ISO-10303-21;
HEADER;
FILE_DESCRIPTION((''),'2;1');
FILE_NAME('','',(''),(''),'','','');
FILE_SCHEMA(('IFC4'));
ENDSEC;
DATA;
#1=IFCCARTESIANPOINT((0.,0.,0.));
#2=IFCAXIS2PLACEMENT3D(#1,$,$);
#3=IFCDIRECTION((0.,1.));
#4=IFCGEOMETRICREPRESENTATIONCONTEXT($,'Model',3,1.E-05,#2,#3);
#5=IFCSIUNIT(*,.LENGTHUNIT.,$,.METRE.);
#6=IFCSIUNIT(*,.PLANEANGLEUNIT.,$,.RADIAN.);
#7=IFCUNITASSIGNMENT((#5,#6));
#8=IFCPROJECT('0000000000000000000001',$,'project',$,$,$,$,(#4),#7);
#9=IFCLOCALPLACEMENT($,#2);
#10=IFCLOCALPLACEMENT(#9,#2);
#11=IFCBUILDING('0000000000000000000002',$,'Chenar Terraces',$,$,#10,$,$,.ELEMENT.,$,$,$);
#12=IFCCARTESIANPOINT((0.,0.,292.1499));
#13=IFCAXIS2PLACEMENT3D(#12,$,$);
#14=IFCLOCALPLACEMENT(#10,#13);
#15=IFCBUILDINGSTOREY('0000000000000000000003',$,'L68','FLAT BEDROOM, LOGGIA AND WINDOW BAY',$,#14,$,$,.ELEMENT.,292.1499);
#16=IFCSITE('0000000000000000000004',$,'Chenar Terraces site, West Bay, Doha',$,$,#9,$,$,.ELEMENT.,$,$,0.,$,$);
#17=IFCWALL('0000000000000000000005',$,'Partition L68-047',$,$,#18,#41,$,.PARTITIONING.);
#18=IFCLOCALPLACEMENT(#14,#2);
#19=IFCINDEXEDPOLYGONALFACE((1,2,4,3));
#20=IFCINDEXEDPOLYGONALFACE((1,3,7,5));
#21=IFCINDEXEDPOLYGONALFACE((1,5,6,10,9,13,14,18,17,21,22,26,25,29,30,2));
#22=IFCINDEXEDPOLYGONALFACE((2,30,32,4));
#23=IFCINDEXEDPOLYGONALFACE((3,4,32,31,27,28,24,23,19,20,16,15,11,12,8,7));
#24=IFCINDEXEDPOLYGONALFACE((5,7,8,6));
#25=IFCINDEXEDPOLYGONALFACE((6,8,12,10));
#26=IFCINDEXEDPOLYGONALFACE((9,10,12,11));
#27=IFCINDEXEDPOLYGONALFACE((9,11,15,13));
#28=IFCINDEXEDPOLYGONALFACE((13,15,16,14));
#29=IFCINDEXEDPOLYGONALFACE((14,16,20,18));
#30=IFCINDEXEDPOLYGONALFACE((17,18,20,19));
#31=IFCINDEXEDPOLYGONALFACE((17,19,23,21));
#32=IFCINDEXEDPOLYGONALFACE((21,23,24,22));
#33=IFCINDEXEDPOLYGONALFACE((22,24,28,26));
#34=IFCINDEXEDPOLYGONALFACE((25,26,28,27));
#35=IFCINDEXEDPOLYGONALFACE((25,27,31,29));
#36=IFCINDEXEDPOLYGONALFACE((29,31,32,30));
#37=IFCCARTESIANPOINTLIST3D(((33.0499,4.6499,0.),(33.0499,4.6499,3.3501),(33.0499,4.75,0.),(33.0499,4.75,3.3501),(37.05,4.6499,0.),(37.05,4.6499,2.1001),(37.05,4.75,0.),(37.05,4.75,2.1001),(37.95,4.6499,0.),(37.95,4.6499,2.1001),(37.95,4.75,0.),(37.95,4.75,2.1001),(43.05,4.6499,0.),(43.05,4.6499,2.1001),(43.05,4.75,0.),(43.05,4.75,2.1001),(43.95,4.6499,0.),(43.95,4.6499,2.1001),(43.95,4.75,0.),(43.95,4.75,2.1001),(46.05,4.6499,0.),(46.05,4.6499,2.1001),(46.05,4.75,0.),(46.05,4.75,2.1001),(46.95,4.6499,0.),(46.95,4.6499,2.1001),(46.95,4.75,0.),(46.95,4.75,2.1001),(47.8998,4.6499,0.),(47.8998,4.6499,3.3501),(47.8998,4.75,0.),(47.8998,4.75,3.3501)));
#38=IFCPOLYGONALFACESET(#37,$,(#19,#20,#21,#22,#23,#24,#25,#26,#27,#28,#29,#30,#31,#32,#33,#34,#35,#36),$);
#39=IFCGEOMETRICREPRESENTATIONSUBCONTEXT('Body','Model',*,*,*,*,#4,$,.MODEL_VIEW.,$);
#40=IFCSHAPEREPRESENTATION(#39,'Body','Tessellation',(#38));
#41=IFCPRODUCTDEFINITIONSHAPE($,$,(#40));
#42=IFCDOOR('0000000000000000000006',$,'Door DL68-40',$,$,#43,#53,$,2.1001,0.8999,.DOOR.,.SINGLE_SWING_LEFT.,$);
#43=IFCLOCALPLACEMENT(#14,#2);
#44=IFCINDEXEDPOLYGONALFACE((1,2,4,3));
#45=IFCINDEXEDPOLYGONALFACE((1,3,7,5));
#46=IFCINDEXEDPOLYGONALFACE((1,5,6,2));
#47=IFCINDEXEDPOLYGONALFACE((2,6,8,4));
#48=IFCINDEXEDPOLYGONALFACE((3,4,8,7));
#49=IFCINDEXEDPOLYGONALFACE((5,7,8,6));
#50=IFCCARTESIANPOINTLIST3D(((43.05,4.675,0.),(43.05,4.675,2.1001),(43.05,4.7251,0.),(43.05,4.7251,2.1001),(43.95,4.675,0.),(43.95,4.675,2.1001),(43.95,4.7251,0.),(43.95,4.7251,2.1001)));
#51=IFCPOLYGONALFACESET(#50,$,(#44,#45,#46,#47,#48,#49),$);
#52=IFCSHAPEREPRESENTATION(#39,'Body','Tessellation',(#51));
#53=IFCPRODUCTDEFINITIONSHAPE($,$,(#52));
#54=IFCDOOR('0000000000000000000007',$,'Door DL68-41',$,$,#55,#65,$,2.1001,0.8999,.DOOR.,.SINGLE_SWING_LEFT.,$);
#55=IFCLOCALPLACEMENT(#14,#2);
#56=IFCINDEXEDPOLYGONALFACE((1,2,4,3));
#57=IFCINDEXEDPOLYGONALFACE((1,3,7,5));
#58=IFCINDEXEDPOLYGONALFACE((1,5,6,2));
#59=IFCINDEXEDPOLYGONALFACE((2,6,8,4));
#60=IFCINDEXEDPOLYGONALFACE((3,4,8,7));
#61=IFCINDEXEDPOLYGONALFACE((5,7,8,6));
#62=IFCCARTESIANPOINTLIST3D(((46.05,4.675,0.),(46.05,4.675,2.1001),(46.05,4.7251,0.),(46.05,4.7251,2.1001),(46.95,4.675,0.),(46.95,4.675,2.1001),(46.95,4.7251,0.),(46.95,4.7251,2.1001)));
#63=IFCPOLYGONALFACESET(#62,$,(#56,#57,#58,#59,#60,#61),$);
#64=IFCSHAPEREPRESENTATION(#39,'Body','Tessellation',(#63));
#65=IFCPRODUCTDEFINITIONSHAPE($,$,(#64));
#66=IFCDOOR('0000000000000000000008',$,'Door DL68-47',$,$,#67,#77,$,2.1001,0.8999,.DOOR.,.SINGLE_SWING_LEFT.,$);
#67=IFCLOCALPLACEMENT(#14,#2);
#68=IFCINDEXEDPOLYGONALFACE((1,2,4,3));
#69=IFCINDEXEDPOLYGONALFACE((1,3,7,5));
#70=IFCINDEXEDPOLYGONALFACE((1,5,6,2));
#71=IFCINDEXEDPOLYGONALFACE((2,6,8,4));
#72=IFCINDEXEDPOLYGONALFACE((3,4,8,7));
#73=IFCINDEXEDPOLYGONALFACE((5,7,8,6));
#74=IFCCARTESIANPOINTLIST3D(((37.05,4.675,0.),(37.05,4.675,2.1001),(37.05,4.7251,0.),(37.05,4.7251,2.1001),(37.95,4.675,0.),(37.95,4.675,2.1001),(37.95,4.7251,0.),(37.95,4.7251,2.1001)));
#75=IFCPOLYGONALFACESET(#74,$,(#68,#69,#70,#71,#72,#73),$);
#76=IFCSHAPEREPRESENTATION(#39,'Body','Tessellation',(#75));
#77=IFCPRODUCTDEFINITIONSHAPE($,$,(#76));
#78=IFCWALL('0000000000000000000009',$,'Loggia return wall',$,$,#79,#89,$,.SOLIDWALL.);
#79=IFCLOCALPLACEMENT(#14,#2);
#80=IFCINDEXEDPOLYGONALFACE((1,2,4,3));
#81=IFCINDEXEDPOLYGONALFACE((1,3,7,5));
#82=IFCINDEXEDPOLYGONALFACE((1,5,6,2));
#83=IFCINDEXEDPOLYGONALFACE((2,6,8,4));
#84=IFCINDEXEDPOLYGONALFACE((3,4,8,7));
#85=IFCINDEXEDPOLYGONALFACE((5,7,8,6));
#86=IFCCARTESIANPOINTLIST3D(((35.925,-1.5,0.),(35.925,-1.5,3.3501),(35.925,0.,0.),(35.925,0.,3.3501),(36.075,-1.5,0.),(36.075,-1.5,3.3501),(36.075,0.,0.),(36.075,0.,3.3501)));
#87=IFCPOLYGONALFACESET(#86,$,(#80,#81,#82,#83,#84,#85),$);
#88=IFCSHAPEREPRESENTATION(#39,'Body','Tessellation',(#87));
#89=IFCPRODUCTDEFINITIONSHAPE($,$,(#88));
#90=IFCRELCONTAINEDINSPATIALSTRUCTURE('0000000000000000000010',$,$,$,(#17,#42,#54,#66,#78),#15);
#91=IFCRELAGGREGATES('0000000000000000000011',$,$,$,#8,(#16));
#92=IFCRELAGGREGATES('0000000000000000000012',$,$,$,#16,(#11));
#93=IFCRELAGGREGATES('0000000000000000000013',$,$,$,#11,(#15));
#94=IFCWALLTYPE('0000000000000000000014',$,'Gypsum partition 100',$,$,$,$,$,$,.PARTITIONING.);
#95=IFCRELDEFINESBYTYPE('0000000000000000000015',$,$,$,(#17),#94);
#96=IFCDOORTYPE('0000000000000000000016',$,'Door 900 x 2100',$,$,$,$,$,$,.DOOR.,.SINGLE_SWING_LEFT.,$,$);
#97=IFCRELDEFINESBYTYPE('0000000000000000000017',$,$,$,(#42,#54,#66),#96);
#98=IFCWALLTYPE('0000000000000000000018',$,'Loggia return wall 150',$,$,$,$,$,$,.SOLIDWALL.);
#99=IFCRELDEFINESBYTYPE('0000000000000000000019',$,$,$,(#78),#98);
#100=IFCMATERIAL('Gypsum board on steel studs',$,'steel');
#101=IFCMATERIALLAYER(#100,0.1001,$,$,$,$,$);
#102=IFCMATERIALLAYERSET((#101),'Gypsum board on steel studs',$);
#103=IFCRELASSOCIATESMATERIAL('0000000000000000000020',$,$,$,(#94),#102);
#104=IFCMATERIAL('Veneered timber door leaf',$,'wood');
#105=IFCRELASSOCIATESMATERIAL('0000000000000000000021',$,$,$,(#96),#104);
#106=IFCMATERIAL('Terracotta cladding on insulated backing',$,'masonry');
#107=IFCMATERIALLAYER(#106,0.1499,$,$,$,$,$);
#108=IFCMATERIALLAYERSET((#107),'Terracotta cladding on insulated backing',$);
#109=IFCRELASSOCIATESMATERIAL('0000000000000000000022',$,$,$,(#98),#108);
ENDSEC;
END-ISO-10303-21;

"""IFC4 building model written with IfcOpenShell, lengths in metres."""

from ifc_helpers import new_model, si_unit, direction, frame, frame_2d, origin, place, context, subcontext, project, spatial, rectangle, extrude, material, layer, layer_set, type_object, element, fill, save


model = new_model("IFC4")

# Units and contexts
model_context = context("Model", 3, precision=1e-05, world=origin(), true_north=direction((0.0, 1.0)))
body_context = subcontext(model_context, "Body", "Model", "MODEL_VIEW")
ifc_project = project(units=[si_unit("LENGTHUNIT", "METRE"), si_unit("PLANEANGLEUNIT", "RADIAN")], contexts=[model_context])

# Site, building, storey
site_placement = place(None, origin())
site = spatial("IfcSite", under=ifc_project, at=site_placement, Name="Chenar Terraces site, West Bay, Doha", CompositionType="ELEMENT", RefElevation=0.0)
building_placement = place(site_placement, origin())
building = spatial("IfcBuilding", under=site, at=building_placement, Name="Chenar Terraces", CompositionType="ELEMENT")
storey_placement = place(building_placement, frame((0.0, 0.0, 292.1499)))
storey = spatial("IfcBuildingStorey", under=building, at=storey_placement, Name="L68", Description="FLAT BEDROOM, LOGGIA AND WINDOW BAY", CompositionType="ELEMENT", Elevation=292.1499)

# Shared definitions
ifc_material_1 = material(Name="Gypsum board on steel studs", Category="steel")
ifc_layer_1 = layer(ifc_material_1, 0.1001)
ifc_layer_set_1 = layer_set([ifc_layer_1], Name="Gypsum board on steel studs")
wall_type_1 = type_object("IfcWallType", Name="Gypsum partition 100", PredefinedType="PARTITIONING", material=ifc_layer_set_1)

# Shared definitions
ifc_material_2 = material(Name="Veneered timber door leaf", Category="wood")
door_type_1 = type_object("IfcDoorType", Name="Door 900 x 2100", OperationType="SINGLE_SWING_LEFT", PredefinedType="DOOR", material=ifc_material_2)

# Wall, openings, doors
wall_1_placement = place(storey_placement, frame((33.05, 4.7, 0.0), z_axis=(0.0, 0.0, 1.0), x_axis=(1.0, 0.0, 0.0)))
wall_1 = element("IfcWall", 1, at=wall_1_placement, inside=storey, type_object=wall_type_1, Name="Partition L68-047", PredefinedType="PARTITIONING", context=body_context, shape_type="SweptSolid", body=[
    extrude(rectangle(XDim=14.8499, YDim=0.1001, at=frame_2d((7.4248, 0.0))), origin(), (0.0, 0.0, 1.0), 3.3501),
])
opening_1_placement = place(wall_1_placement, frame((10.0, 0.0, 0.0)))
opening_1 = element("IfcOpeningElement", 2, at=opening_1_placement, cuts=wall_1, PredefinedType="OPENING", context=body_context, shape_type="SweptSolid", body=[
    extrude(rectangle(XDim=0.8999, YDim=2.1001, at=frame_2d((0.45, 1.05))), frame((0.0, 0.0601, 0.0), z_axis=(0.0, -1.0, 0.0), x_axis=(1.0, 0.0, 0.0)), (0.0, 0.0, 1.0), 0.1201),
])
opening_2_placement = place(wall_1_placement, frame((13.0, 0.0, 0.0)))
opening_2 = element("IfcOpeningElement", 3, at=opening_2_placement, cuts=wall_1, PredefinedType="OPENING", context=body_context, shape_type="SweptSolid", body=[
    extrude(rectangle(XDim=0.8999, YDim=2.1001, at=frame_2d((0.45, 1.05))), frame((0.0, 0.0601, 0.0), z_axis=(0.0, -1.0, 0.0), x_axis=(1.0, 0.0, 0.0)), (0.0, 0.0, 1.0), 0.1201),
])
opening_3_placement = place(wall_1_placement, frame((4.0, 0.0, 0.0)))
opening_3 = element("IfcOpeningElement", 4, at=opening_3_placement, cuts=wall_1, PredefinedType="OPENING", context=body_context, shape_type="SweptSolid", body=[
    extrude(rectangle(XDim=0.8999, YDim=2.1001, at=frame_2d((0.45, 1.05))), frame((0.0, 0.0601, 0.0), z_axis=(0.0, -1.0, 0.0), x_axis=(1.0, 0.0, 0.0)), (0.0, 0.0, 1.0), 0.1201),
])
door_1_placement = place(opening_1_placement, frame((0.8999, 0.0, 0.0), z_axis=(0.0, 0.0, 1.0), x_axis=(-1.0, 0.0, 0.0)))
door_1 = element("IfcDoor", 5, at=door_1_placement, inside=storey, type_object=door_type_1, Name="Door DL68-40", OperationType="SINGLE_SWING_LEFT", OverallHeight=2.1001, OverallWidth=0.8999, PredefinedType="DOOR", context=body_context, shape_type="SweptSolid", body=[
    extrude(rectangle(XDim=0.8999, YDim=2.1001, at=frame_2d((0.45, 1.05))), frame((0.0, 0.0249, 0.0), z_axis=(0.0, -1.0, 0.0), x_axis=(1.0, 0.0, 0.0)), (0.0, 0.0, 1.0), 0.05),
])
fill(opening_1, door_1)
door_2_placement = place(opening_2_placement, frame((0.8999, 0.0, 0.0), z_axis=(0.0, 0.0, 1.0), x_axis=(-1.0, 0.0, 0.0)))
door_2 = element("IfcDoor", 6, at=door_2_placement, inside=storey, type_object=door_type_1, Name="Door DL68-41", OperationType="SINGLE_SWING_LEFT", OverallHeight=2.1001, OverallWidth=0.8999, PredefinedType="DOOR", context=body_context, shape_type="SweptSolid", body=[
    extrude(rectangle(XDim=0.8999, YDim=2.1001, at=frame_2d((0.45, 1.05))), frame((0.0, 0.0249, 0.0), z_axis=(0.0, -1.0, 0.0), x_axis=(1.0, 0.0, 0.0)), (0.0, 0.0, 1.0), 0.05),
])
fill(opening_2, door_2)
door_3_placement = place(opening_3_placement, frame((0.8999, 0.0, 0.0), z_axis=(0.0, 0.0, 1.0), x_axis=(-1.0, 0.0, 0.0)))
door_3 = element("IfcDoor", 7, at=door_3_placement, inside=storey, type_object=door_type_1, Name="Door DL68-47", OperationType="SINGLE_SWING_LEFT", OverallHeight=2.1001, OverallWidth=0.8999, PredefinedType="DOOR", context=body_context, shape_type="SweptSolid", body=[
    extrude(rectangle(XDim=0.8999, YDim=2.1001, at=frame_2d((0.45, 1.05))), frame((0.0, 0.0249, 0.0), z_axis=(0.0, -1.0, 0.0), x_axis=(1.0, 0.0, 0.0)), (0.0, 0.0, 1.0), 0.05),
])
fill(opening_3, door_3)

# Wall
ifc_material_3 = material(Name="Terracotta cladding on insulated backing", Category="masonry")
ifc_layer_2 = layer(ifc_material_3, 0.1499)
ifc_layer_set_2 = layer_set([ifc_layer_2], Name="Terracotta cladding on insulated backing")
wall_type_2 = type_object("IfcWallType", Name="Loggia return wall 150", PredefinedType="SOLIDWALL", material=ifc_layer_set_2)
wall_2_placement = place(storey_placement, frame((36.0, -1.5, 0.0), z_axis=(0.0, 0.0, 1.0), x_axis=(0.0, 1.0, 0.0)))
element("IfcWall", 8, at=wall_2_placement, inside=storey, type_object=wall_type_2, Name="Loggia return wall", PredefinedType="SOLIDWALL", context=body_context, shape_type="SweptSolid", body=[
    extrude(rectangle(XDim=1.5, YDim=0.1499, at=frame_2d((0.75, 0.0))), origin(), (0.0, 0.0, 1.0), 3.3501),
])

save(model, "model.ifc")
